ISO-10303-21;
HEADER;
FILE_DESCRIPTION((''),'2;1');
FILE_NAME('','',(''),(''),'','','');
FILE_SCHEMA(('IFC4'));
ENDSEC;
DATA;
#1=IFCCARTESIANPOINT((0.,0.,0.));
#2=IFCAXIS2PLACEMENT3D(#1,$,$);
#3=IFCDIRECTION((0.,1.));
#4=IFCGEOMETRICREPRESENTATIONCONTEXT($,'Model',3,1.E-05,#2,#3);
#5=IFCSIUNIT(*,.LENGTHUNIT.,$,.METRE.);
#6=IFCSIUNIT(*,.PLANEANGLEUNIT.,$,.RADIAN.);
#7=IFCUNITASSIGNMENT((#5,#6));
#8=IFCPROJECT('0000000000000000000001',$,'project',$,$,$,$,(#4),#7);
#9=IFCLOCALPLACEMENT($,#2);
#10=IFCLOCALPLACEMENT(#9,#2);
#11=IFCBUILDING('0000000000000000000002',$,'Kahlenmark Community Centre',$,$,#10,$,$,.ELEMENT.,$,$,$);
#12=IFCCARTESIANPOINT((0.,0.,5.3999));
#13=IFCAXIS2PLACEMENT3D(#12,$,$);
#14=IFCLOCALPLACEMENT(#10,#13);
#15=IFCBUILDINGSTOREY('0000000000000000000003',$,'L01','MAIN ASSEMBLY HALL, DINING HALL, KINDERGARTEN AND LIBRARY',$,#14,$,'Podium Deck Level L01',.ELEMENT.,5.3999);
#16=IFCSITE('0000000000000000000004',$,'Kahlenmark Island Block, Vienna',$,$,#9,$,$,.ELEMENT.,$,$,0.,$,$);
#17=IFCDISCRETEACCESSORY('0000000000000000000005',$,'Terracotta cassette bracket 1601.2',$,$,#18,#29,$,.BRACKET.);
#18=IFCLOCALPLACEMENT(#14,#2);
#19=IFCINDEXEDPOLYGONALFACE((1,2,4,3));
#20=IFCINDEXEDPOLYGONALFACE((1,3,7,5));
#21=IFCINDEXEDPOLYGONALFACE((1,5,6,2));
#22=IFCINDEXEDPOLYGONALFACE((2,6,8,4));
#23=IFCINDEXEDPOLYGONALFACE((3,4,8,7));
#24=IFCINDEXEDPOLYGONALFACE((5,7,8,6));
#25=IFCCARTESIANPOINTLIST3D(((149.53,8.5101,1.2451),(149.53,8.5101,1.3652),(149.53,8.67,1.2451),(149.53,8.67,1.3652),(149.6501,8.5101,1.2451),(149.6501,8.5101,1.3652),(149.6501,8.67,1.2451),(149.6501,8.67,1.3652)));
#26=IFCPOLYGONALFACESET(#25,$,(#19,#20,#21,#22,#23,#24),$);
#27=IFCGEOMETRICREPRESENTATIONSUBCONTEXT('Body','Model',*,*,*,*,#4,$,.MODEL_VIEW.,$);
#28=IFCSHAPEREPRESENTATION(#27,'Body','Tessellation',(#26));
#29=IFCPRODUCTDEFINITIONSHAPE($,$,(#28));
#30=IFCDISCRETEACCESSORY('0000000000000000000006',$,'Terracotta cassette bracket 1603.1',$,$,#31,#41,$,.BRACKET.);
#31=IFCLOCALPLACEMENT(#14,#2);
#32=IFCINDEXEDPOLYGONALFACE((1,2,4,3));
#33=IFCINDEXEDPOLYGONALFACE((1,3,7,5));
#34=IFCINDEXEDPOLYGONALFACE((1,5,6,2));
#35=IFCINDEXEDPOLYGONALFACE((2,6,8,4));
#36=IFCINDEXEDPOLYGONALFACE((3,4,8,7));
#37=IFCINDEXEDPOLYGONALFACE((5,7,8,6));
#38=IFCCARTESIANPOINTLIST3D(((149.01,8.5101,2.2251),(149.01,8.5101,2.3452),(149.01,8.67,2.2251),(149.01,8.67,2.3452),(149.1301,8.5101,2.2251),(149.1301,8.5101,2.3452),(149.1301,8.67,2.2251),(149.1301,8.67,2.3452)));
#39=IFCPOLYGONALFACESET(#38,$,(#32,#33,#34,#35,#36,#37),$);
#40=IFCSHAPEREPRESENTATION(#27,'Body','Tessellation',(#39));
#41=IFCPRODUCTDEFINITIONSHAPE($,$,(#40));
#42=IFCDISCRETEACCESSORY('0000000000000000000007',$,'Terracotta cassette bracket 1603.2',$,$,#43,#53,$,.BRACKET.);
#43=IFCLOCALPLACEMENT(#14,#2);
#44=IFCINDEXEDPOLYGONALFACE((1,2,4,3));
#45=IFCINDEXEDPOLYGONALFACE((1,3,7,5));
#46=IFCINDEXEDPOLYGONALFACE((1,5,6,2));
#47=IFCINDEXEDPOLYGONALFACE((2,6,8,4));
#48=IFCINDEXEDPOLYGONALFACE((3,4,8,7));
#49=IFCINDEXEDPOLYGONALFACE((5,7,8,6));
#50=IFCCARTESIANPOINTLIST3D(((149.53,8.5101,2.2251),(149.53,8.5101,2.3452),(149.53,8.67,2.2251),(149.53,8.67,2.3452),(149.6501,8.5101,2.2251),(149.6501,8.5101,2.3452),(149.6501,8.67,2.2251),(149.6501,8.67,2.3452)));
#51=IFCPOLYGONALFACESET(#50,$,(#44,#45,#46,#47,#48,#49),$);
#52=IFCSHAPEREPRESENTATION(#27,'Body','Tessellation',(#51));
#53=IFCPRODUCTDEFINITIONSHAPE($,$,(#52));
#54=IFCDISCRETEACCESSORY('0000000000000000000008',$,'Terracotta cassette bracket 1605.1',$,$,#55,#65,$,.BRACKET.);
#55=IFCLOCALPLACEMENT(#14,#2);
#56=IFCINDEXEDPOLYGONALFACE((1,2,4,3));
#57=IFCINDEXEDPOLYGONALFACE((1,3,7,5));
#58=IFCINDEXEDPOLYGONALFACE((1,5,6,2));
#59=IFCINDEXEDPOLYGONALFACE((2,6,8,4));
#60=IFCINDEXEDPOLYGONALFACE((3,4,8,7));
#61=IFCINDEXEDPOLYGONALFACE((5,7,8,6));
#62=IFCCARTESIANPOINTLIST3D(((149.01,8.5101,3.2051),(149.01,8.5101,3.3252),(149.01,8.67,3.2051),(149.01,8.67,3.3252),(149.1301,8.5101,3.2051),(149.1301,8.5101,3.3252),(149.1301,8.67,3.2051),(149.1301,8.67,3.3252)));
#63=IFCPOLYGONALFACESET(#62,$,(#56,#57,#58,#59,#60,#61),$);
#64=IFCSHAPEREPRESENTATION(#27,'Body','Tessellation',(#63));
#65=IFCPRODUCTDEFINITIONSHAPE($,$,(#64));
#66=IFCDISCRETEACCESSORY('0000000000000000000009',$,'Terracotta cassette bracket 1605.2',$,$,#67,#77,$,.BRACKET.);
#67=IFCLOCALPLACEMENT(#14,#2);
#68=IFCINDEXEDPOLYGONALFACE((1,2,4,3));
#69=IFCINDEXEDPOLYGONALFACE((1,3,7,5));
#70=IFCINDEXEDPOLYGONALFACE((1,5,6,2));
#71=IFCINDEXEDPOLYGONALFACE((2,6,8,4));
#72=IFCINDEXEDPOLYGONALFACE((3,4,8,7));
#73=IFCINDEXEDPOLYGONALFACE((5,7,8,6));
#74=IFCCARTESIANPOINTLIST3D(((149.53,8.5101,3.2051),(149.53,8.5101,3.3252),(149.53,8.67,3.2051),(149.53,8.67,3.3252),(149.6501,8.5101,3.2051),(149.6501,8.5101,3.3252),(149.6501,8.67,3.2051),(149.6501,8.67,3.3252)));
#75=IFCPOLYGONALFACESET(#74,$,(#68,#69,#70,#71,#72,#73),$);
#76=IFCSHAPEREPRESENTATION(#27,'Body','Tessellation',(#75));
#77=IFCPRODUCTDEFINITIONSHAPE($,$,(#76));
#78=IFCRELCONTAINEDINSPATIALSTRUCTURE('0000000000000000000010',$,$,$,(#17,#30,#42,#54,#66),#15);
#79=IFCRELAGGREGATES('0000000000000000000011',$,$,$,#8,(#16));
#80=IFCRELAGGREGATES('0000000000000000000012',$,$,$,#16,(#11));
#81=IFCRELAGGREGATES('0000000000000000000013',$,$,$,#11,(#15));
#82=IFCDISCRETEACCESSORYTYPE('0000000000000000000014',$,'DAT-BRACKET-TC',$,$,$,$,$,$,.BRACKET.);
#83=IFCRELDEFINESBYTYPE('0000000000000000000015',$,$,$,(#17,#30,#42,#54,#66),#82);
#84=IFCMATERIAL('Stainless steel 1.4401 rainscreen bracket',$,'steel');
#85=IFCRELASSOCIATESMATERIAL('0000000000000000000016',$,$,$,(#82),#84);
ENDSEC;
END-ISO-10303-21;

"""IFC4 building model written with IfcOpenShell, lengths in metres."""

from ifc_helpers import new_model, si_unit, direction, frame, origin, origin_2d, place, context, subcontext, project, spatial, rectangle, extrude, material, type_object, element, save


model = new_model("IFC4")

# Units and contexts
model_context = context("Model", 3, precision=1e-05, world=origin(), true_north=direction((0.0, 1.0)))
body_context = subcontext(model_context, "Body", "Model", "MODEL_VIEW")
ifc_project = project(units=[si_unit("LENGTHUNIT", "METRE"), si_unit("PLANEANGLEUNIT", "RADIAN")], contexts=[model_context])

# Site, building, storey
site_placement = place(None, origin())
site = spatial("IfcSite", under=ifc_project, at=site_placement, Name="Kahlenmark Island Block, Vienna", CompositionType="ELEMENT", RefElevation=0.0)
building_placement = place(site_placement, origin())
building = spatial("IfcBuilding", under=site, at=building_placement, Name="Kahlenmark Community Centre", CompositionType="ELEMENT")
storey_placement = place(building_placement, frame((0.0, 0.0, 5.3999)))
storey = spatial("IfcBuildingStorey", under=building, at=storey_placement, Name="L01", Description="MAIN ASSEMBLY HALL, DINING HALL, KINDERGARTEN AND LIBRARY", LongName="Podium Deck Level L01", CompositionType="ELEMENT", Elevation=5.3999)

# Discrete accessories
ifc_material_1 = material(Name="Stainless steel 1.4401 rainscreen bracket", Category="steel")
discrete_accessory_type = type_object("IfcDiscreteAccessoryType", Name="DAT-BRACKET-TC", PredefinedType="BRACKET", material=ifc_material_1)
for number, where, z_axis, x_axis, name in (
    (1, (149.5901, 8.5901, 1.2451), (0.0, 0.0, 1.0), (1.0, 0.0, 0.0), "Terracotta cassette bracket 1601.2"),
    (2, (149.0701, 8.5901, 2.2251), (0.0, 0.0, 1.0), (1.0, 0.0, 0.0), "Terracotta cassette bracket 1603.1"),
    (3, (149.5901, 8.5901, 2.2251), (0.0, 0.0, 1.0), (1.0, 0.0, 0.0), "Terracotta cassette bracket 1603.2"),
    (4, (149.0701, 8.5901, 3.2051), (0.0, 0.0, 1.0), (1.0, 0.0, 0.0), "Terracotta cassette bracket 1605.1"),
    (5, (149.5901, 8.5901, 3.2051), (0.0, 0.0, 1.0), (1.0, 0.0, 0.0), "Terracotta cassette bracket 1605.2"),
):
    element("IfcDiscreteAccessory", number, at=place(storey_placement, frame(where, z_axis=z_axis, x_axis=x_axis)), inside=storey, type_object=discrete_accessory_type, Name=name, PredefinedType="BRACKET", context=body_context, shape_type="SweptSolid", body=[
        extrude(rectangle(XDim=0.1201, YDim=0.1599, at=origin_2d()), origin(), (0.0, 0.0, 1.0), 0.1201),
    ])

save(model, "model.ifc")
